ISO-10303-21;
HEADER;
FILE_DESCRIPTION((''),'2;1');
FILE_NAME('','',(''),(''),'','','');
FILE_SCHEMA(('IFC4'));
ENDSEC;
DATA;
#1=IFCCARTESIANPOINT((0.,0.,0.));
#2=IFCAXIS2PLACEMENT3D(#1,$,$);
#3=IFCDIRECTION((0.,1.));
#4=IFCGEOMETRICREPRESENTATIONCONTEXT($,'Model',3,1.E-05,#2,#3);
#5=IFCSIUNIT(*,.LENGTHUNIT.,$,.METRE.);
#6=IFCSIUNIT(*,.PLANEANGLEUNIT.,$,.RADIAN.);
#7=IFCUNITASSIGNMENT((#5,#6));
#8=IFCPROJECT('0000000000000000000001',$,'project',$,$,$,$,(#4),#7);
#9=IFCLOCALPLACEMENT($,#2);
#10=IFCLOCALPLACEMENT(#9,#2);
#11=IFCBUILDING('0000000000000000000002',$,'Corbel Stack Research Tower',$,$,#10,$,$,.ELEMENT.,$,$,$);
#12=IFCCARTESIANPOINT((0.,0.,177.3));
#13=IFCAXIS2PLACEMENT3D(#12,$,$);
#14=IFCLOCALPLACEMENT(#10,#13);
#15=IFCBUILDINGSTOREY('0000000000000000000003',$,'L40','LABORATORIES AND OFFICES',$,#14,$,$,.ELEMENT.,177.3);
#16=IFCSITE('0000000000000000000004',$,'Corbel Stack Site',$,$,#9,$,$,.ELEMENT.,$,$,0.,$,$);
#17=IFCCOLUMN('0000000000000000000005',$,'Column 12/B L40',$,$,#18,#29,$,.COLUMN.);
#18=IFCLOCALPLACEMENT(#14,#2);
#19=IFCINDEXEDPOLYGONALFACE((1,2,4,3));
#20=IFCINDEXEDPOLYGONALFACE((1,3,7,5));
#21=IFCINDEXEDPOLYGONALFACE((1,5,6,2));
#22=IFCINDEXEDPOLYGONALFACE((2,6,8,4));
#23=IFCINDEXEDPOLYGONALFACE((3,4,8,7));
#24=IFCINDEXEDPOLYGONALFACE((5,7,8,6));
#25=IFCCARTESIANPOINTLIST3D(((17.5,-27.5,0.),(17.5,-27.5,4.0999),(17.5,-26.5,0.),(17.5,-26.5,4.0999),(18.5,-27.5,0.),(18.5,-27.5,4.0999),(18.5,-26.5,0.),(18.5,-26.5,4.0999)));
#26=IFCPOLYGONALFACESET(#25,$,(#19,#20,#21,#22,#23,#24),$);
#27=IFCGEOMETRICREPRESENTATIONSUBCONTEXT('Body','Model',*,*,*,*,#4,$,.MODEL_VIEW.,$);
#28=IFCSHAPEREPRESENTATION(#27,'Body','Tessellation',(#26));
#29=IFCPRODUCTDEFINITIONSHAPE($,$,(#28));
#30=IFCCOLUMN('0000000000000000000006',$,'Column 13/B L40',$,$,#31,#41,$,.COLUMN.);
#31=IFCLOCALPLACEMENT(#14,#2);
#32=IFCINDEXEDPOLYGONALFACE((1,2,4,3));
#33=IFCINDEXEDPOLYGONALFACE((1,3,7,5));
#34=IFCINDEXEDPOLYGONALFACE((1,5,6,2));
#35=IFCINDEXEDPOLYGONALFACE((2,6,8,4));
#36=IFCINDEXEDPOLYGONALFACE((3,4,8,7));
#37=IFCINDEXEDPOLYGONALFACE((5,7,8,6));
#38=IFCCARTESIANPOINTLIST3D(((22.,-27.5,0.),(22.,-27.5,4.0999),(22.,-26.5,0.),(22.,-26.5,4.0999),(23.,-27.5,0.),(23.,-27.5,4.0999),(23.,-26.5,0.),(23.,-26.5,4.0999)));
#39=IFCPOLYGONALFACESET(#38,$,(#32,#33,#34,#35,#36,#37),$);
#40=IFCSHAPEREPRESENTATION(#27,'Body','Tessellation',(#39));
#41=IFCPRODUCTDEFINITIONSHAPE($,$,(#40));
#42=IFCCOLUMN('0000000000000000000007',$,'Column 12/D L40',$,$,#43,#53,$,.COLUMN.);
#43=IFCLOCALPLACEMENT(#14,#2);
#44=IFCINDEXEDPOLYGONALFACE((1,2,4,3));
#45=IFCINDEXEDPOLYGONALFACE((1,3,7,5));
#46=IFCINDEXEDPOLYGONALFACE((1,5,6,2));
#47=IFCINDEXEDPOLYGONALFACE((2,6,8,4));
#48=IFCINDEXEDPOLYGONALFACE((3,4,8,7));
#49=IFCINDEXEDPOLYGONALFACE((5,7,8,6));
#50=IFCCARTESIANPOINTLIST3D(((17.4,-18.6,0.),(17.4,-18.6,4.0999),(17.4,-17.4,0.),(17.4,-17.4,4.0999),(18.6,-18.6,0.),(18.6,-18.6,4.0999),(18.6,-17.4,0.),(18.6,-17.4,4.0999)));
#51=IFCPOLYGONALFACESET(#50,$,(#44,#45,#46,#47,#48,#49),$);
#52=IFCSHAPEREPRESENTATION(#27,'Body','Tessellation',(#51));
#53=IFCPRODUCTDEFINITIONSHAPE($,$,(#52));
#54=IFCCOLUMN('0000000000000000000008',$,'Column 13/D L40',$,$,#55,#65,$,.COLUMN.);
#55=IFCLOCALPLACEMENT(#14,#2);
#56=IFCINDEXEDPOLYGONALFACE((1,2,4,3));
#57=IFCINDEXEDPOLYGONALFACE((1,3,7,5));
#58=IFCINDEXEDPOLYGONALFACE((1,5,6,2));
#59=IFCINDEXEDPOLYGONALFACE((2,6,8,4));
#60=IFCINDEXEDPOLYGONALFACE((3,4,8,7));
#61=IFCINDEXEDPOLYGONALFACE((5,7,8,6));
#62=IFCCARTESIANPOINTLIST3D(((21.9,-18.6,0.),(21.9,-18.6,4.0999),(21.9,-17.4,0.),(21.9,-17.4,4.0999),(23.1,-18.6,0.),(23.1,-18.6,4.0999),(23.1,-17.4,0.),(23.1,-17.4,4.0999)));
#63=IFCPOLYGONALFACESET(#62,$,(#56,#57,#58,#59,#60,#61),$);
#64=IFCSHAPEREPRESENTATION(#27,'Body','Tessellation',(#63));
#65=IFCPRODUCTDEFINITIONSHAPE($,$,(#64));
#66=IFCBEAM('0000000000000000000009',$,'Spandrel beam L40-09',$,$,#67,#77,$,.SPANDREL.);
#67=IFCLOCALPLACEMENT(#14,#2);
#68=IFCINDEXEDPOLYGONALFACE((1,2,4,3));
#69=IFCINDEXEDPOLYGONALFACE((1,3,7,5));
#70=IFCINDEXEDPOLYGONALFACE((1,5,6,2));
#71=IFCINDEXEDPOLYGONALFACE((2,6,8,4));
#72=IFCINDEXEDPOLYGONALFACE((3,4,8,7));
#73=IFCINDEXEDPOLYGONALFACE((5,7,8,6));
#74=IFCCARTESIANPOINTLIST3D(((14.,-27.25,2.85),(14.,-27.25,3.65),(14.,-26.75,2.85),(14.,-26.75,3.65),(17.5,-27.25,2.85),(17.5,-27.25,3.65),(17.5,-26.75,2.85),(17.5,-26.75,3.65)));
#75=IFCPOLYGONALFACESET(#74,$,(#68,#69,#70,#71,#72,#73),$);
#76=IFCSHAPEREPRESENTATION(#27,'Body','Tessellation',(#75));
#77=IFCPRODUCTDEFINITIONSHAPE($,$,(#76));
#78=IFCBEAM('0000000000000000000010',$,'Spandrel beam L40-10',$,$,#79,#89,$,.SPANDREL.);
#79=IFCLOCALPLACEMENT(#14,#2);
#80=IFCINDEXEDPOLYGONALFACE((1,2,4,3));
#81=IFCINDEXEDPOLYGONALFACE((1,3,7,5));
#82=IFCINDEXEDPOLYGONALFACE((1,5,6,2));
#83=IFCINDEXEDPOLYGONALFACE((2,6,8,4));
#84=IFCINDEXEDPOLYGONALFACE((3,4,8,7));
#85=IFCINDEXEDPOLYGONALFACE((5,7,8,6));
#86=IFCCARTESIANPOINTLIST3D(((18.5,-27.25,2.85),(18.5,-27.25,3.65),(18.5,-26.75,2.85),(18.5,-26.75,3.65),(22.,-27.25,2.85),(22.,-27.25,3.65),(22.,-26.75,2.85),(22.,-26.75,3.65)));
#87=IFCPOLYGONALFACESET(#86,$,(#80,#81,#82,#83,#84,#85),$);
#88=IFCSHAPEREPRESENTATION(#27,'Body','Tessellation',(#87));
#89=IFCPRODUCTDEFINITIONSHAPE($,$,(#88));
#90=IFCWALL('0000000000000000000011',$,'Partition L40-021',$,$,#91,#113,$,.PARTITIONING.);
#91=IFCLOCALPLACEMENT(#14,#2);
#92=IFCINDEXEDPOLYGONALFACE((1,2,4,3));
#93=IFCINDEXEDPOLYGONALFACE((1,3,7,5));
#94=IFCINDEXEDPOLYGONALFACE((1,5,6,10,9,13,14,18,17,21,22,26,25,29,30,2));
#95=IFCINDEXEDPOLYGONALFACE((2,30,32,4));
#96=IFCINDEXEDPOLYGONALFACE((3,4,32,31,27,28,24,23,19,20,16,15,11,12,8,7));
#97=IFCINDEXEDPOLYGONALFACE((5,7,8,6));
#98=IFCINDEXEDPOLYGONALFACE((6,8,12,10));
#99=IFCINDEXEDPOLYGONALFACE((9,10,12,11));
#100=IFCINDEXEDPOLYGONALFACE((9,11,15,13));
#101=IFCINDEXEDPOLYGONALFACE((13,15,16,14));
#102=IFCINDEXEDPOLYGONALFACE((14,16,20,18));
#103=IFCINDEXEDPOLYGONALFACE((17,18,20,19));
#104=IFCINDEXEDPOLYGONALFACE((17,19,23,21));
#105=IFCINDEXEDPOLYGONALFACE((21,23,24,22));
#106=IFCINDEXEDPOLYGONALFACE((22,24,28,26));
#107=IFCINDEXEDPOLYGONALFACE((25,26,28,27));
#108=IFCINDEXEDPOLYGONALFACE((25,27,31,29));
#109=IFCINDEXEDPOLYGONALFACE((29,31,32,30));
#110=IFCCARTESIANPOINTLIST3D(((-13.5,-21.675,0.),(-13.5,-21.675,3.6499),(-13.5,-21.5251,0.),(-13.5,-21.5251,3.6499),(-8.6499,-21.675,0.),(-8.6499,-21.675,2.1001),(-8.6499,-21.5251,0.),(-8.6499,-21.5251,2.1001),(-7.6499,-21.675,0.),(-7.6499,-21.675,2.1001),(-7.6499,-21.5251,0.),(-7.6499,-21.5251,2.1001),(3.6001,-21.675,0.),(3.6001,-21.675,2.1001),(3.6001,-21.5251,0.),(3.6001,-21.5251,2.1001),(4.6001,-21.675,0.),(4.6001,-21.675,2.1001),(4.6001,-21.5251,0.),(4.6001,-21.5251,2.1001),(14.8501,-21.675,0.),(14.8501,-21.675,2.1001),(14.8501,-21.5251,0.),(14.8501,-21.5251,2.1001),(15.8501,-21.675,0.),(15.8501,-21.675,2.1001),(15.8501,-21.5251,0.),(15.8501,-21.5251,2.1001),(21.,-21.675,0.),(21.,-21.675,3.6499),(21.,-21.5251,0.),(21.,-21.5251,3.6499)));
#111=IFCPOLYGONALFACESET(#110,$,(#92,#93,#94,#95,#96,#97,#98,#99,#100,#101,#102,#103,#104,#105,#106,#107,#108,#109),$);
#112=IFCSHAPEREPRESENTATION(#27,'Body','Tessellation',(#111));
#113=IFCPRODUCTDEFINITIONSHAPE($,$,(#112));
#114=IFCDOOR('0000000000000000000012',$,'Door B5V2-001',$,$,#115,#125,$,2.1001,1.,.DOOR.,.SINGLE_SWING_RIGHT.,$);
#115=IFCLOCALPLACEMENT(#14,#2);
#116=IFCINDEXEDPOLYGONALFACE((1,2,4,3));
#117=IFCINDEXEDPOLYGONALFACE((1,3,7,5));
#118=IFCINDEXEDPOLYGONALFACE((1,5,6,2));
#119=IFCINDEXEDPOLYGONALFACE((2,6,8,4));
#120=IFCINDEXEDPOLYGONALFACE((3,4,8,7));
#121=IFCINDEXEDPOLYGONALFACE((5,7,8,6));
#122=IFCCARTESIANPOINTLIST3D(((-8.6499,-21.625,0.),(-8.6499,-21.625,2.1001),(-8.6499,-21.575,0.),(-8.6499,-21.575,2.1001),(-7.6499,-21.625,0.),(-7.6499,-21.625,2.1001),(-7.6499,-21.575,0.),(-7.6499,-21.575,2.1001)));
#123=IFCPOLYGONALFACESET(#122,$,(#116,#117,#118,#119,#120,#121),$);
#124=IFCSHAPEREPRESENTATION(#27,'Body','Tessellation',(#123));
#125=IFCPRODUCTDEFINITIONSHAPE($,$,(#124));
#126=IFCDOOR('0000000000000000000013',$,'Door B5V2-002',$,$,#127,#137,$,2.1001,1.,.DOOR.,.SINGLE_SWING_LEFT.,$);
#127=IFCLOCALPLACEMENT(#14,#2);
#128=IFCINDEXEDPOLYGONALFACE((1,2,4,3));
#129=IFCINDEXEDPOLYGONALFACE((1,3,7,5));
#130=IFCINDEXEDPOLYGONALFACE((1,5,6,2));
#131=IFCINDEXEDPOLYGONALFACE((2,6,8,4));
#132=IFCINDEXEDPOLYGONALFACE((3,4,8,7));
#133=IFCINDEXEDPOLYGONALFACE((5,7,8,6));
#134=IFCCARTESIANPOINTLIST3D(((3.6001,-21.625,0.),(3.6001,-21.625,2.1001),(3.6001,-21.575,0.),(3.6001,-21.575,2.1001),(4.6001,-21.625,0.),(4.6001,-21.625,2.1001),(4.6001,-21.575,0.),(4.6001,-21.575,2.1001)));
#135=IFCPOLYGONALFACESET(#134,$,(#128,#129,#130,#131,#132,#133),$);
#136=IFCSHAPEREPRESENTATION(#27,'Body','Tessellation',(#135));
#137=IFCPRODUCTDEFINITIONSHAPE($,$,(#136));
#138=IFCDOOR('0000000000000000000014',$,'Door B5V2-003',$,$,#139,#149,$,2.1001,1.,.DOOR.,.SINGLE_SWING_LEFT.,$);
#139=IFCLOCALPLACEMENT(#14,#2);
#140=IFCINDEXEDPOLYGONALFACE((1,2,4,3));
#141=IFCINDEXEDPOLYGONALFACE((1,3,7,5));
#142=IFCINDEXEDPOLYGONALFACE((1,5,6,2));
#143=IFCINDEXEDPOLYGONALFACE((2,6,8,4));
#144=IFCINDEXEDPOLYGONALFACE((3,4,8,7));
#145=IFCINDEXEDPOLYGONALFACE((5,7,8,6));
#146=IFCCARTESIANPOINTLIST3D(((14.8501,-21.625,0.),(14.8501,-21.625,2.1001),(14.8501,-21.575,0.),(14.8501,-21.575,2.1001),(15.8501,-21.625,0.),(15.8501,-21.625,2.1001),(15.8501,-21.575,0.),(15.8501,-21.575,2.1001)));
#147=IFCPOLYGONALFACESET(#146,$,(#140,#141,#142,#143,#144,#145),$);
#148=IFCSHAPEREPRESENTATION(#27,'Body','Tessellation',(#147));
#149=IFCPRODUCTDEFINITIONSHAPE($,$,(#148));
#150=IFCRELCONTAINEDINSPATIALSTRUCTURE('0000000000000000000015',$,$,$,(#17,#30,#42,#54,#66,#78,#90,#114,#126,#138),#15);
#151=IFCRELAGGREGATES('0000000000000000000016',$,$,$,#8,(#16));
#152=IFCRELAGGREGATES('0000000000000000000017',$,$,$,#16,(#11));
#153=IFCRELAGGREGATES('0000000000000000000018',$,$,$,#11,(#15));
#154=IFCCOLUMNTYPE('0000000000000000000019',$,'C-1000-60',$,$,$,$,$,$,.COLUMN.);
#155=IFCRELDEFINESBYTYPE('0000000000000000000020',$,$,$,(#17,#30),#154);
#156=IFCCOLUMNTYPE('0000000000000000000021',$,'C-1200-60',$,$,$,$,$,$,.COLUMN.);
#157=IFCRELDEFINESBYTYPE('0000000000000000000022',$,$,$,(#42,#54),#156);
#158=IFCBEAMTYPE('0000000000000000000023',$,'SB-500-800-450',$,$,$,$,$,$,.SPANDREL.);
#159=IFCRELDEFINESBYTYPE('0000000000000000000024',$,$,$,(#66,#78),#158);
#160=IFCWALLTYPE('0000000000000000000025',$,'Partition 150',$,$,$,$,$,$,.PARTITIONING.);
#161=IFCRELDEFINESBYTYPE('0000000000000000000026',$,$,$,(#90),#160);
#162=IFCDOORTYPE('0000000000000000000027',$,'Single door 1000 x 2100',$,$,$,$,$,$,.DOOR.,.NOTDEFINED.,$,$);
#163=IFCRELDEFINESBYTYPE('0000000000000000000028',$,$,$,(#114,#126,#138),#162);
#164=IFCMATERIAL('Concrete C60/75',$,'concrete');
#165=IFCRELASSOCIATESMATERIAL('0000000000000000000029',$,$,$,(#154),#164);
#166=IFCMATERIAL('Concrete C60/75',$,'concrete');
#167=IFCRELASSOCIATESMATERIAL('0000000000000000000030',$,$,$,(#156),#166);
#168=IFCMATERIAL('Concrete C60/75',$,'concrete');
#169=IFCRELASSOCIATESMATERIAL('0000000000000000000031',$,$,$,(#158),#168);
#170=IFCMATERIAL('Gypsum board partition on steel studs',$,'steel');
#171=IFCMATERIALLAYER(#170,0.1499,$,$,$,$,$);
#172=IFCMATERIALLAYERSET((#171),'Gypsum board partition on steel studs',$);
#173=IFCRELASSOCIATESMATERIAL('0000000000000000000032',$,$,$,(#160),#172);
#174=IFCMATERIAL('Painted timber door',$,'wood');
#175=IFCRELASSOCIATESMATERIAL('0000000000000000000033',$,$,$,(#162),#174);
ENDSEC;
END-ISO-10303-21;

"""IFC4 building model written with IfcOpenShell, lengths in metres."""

from ifc_helpers import new_model, si_unit, direction, frame, frame_2d, origin, origin_2d, place, context, subcontext, project, spatial, rectangle, extrude, material, layer, layer_set, material_profile, profile_set, type_object, element, fill, save


model = new_model("IFC4")

# Units and contexts
model_context = context("Model", 3, precision=1e-05, world=origin(), true_north=direction((0.0, 1.0)))
body_context = subcontext(model_context, "Body", "Model", "MODEL_VIEW")
ifc_project = project(units=[si_unit("LENGTHUNIT", "METRE"), si_unit("PLANEANGLEUNIT", "RADIAN")], contexts=[model_context])

# Site, building, storey
site_placement = place(None, origin())
site = spatial("IfcSite", under=ifc_project, at=site_placement, Name="Corbel Stack Site", CompositionType="ELEMENT", RefElevation=0.0)
building_placement = place(site_placement, origin())
building = spatial("IfcBuilding", under=site, at=building_placement, Name="Corbel Stack Research Tower", CompositionType="ELEMENT")
storey_placement = place(building_placement, frame((0.0, 0.0, 177.3)))
storey = spatial("IfcBuildingStorey", under=building, at=storey_placement, Name="L40", Description="LABORATORIES AND OFFICES", CompositionType="ELEMENT", Elevation=177.3)

# Columns
ifc_material_1 = material(Name="Concrete C60/75", Category="concrete")
ifc_material_profile_1 = material_profile(ifc_material_1, rectangle(XDim=1.0, YDim=1.0, at=origin_2d()), Name="RC 1000 x 1000")
ifc_profile_set_1 = profile_set([ifc_material_profile_1], Name="Concrete C60/75")
column_type_1 = type_object("IfcColumnType", Name="C-1000-60", PredefinedType="COLUMN", material=ifc_profile_set_1)
for number, where, z_axis, x_axis, name in (
    (1, (18.0, -27.0, 0.0), (0.0, 0.0, 1.0), (1.0, 0.0, 0.0), "Column 12/B L40"),
    (2, (22.5, -27.0, 0.0), (0.0, 0.0, 1.0), (1.0, 0.0, 0.0), "Column 13/B L40"),
):
    element("IfcColumn", number, at=place(storey_placement, frame(where, z_axis=z_axis, x_axis=x_axis)), inside=storey, type_object=column_type_1, Name=name, PredefinedType="COLUMN", context=body_context, shape_type="SweptSolid", body=[
        extrude(rectangle(XDim=1.0, YDim=1.0, at=origin_2d()), origin(), (0.0, 0.0, 1.0), 4.0999),
    ])
ifc_material_2 = material(Name="Concrete C60/75", Category="concrete")
ifc_material_profile_2 = material_profile(ifc_material_2, rectangle(XDim=1.2, YDim=1.2, at=origin_2d()), Name="RC 1200 x 1200")
ifc_profile_set_2 = profile_set([ifc_material_profile_2], Name="Concrete C60/75")
column_type_2 = type_object("IfcColumnType", Name="C-1200-60", PredefinedType="COLUMN", material=ifc_profile_set_2)
for number, where, z_axis, x_axis, name in (
    (3, (18.0, -18.0, 0.0), (0.0, 0.0, 1.0), (1.0, 0.0, 0.0), "Column 12/D L40"),
    (4, (22.5, -18.0, 0.0), (0.0, 0.0, 1.0), (1.0, 0.0, 0.0), "Column 13/D L40"),
):
    element("IfcColumn", number, at=place(storey_placement, frame(where, z_axis=z_axis, x_axis=x_axis)), inside=storey, type_object=column_type_2, Name=name, PredefinedType="COLUMN", context=body_context, shape_type="SweptSolid", body=[
        extrude(rectangle(XDim=1.2, YDim=1.2, at=origin_2d()), origin(), (0.0, 0.0, 1.0), 4.0999),
    ])

# Beams
ifc_material_3 = material(Name="Concrete C60/75", Category="concrete")
ifc_material_profile_3 = material_profile(ifc_material_3, rectangle(XDim=0.5, YDim=0.8, at=origin_2d()), Name="RC 500 x 800")
ifc_profile_set_3 = profile_set([ifc_material_profile_3], Name="Concrete C60/75")
beam_type = type_object("IfcBeamType", Name="SB-500-800-450", PredefinedType="SPANDREL", material=ifc_profile_set_3)
for number, where, z_axis, x_axis, name in (
    (5, (14.0, -27.0, 3.25), (1.0, 0.0, 0.0), (0.0, 1.0, 0.0), "Spandrel beam L40-09"),
    (6, (18.5, -27.0, 3.25), (1.0, 0.0, 0.0), (0.0, 1.0, 0.0), "Spandrel beam L40-10"),
):
    element("IfcBeam", number, at=place(storey_placement, frame(where, z_axis=z_axis, x_axis=x_axis)), inside=storey, type_object=beam_type, Name=name, PredefinedType="SPANDREL", context=body_context, shape_type="SweptSolid", body=[
        extrude(rectangle(XDim=0.5, YDim=0.8, at=origin_2d()), origin(), (0.0, 0.0, 1.0), 3.5),
    ])

# Wall, openings, doors
ifc_material_4 = material(Name="Gypsum board partition on steel studs", Category="steel")
ifc_layer_1 = layer(ifc_material_4, 0.1499)
ifc_layer_set_1 = layer_set([ifc_layer_1], Name="Gypsum board partition on steel studs")
wall_type_1 = type_object("IfcWallType", Name="Partition 150", PredefinedType="PARTITIONING", material=ifc_layer_set_1)
wall_1_placement = place(storey_placement, frame((21.0, -21.6001, 0.0), z_axis=(0.0, 0.0, 1.0), x_axis=(-1.0, 0.0, 0.0)))
wall_1 = element("IfcWall", 7, at=wall_1_placement, inside=storey, type_object=wall_type_1, Name="Partition L40-021", PredefinedType="PARTITIONING", context=body_context, shape_type="SweptSolid", body=[
    extrude(rectangle(XDim=34.5, YDim=0.1499, at=frame_2d((17.25, 0.0))), origin(), (0.0, 0.0, 1.0), 3.6499),
])
opening_1_placement = place(wall_1_placement, frame((28.6499, 0.0, 0.0)))
opening_1 = element("IfcOpeningElement", 8, at=opening_1_placement, cuts=wall_1, PredefinedType="OPENING", context=body_context, shape_type="SweptSolid", body=[
    extrude(rectangle(XDim=1.0, YDim=2.1001, at=frame_2d((0.5, 1.05))), frame((0.0, 0.085, 0.0), z_axis=(0.0, -1.0, 0.0), x_axis=(1.0, 0.0, 0.0)), (0.0, 0.0, 1.0), 0.1699),
])
opening_2_placement = place(wall_1_placement, frame((16.3999, 0.0, 0.0)))
opening_2 = element("IfcOpeningElement", 9, at=opening_2_placement, cuts=wall_1, PredefinedType="OPENING", context=body_context, shape_type="SweptSolid", body=[
    extrude(rectangle(XDim=1.0, YDim=2.1001, at=frame_2d((0.5, 1.05))), frame((0.0, 0.085, 0.0), z_axis=(0.0, -1.0, 0.0), x_axis=(1.0, 0.0, 0.0)), (0.0, 0.0, 1.0), 0.1699),
])
opening_3_placement = place(wall_1_placement, frame((5.1499, 0.0, 0.0)))
opening_3 = element("IfcOpeningElement", 10, at=opening_3_placement, cuts=wall_1, PredefinedType="OPENING", context=body_context, shape_type="SweptSolid", body=[
    extrude(rectangle(XDim=1.0, YDim=2.1001, at=frame_2d((0.5, 1.05))), frame((0.0, 0.085, 0.0), z_axis=(0.0, -1.0, 0.0), x_axis=(1.0, 0.0, 0.0)), (0.0, 0.0, 1.0), 0.1699),
])
ifc_material_5 = material(Name="Painted timber door", Category="wood")
door_type_1 = type_object("IfcDoorType", Name="Single door 1000 x 2100", OperationType="NOTDEFINED", PredefinedType="DOOR", material=ifc_material_5)
door_1_placement = place(opening_1_placement, origin())
door_1 = element("IfcDoor", 11, at=door_1_placement, inside=storey, type_object=door_type_1, Name="Door B5V2-001", OperationType="SINGLE_SWING_RIGHT", OverallHeight=2.1001, OverallWidth=1.0, PredefinedType="DOOR", context=body_context, shape_type="SweptSolid", body=[
    extrude(rectangle(XDim=1.0, YDim=2.1001, at=frame_2d((0.5, 1.05))), frame((0.0, 0.0249, 0.0), z_axis=(0.0, -1.0, 0.0), x_axis=(1.0, 0.0, 0.0)), (0.0, 0.0, 1.0), 0.05),
])
fill(opening_1, door_1)
door_2_placement = place(opening_2_placement, origin())
door_2 = element("IfcDoor", 12, at=door_2_placement, inside=storey, type_object=door_type_1, Name="Door B5V2-002", OperationType="SINGLE_SWING_LEFT", OverallHeight=2.1001, OverallWidth=1.0, PredefinedType="DOOR", context=body_context, shape_type="SweptSolid", body=[
    extrude(rectangle(XDim=1.0, YDim=2.1001, at=frame_2d((0.5, 1.05))), frame((0.0, 0.0249, 0.0), z_axis=(0.0, -1.0, 0.0), x_axis=(1.0, 0.0, 0.0)), (0.0, 0.0, 1.0), 0.05),
])
fill(opening_2, door_2)
door_3_placement = place(opening_3_placement, origin())
door_3 = element("IfcDoor", 13, at=door_3_placement, inside=storey, type_object=door_type_1, Name="Door B5V2-003", OperationType="SINGLE_SWING_LEFT", OverallHeight=2.1001, OverallWidth=1.0, PredefinedType="DOOR", context=body_context, shape_type="SweptSolid", body=[
    extrude(rectangle(XDim=1.0, YDim=2.1001, at=frame_2d((0.5, 1.05))), frame((0.0, 0.0249, 0.0), z_axis=(0.0, -1.0, 0.0), x_axis=(1.0, 0.0, 0.0)), (0.0, 0.0, 1.0), 0.05),
])
fill(opening_3, door_3)

save(model, "model.ifc")
